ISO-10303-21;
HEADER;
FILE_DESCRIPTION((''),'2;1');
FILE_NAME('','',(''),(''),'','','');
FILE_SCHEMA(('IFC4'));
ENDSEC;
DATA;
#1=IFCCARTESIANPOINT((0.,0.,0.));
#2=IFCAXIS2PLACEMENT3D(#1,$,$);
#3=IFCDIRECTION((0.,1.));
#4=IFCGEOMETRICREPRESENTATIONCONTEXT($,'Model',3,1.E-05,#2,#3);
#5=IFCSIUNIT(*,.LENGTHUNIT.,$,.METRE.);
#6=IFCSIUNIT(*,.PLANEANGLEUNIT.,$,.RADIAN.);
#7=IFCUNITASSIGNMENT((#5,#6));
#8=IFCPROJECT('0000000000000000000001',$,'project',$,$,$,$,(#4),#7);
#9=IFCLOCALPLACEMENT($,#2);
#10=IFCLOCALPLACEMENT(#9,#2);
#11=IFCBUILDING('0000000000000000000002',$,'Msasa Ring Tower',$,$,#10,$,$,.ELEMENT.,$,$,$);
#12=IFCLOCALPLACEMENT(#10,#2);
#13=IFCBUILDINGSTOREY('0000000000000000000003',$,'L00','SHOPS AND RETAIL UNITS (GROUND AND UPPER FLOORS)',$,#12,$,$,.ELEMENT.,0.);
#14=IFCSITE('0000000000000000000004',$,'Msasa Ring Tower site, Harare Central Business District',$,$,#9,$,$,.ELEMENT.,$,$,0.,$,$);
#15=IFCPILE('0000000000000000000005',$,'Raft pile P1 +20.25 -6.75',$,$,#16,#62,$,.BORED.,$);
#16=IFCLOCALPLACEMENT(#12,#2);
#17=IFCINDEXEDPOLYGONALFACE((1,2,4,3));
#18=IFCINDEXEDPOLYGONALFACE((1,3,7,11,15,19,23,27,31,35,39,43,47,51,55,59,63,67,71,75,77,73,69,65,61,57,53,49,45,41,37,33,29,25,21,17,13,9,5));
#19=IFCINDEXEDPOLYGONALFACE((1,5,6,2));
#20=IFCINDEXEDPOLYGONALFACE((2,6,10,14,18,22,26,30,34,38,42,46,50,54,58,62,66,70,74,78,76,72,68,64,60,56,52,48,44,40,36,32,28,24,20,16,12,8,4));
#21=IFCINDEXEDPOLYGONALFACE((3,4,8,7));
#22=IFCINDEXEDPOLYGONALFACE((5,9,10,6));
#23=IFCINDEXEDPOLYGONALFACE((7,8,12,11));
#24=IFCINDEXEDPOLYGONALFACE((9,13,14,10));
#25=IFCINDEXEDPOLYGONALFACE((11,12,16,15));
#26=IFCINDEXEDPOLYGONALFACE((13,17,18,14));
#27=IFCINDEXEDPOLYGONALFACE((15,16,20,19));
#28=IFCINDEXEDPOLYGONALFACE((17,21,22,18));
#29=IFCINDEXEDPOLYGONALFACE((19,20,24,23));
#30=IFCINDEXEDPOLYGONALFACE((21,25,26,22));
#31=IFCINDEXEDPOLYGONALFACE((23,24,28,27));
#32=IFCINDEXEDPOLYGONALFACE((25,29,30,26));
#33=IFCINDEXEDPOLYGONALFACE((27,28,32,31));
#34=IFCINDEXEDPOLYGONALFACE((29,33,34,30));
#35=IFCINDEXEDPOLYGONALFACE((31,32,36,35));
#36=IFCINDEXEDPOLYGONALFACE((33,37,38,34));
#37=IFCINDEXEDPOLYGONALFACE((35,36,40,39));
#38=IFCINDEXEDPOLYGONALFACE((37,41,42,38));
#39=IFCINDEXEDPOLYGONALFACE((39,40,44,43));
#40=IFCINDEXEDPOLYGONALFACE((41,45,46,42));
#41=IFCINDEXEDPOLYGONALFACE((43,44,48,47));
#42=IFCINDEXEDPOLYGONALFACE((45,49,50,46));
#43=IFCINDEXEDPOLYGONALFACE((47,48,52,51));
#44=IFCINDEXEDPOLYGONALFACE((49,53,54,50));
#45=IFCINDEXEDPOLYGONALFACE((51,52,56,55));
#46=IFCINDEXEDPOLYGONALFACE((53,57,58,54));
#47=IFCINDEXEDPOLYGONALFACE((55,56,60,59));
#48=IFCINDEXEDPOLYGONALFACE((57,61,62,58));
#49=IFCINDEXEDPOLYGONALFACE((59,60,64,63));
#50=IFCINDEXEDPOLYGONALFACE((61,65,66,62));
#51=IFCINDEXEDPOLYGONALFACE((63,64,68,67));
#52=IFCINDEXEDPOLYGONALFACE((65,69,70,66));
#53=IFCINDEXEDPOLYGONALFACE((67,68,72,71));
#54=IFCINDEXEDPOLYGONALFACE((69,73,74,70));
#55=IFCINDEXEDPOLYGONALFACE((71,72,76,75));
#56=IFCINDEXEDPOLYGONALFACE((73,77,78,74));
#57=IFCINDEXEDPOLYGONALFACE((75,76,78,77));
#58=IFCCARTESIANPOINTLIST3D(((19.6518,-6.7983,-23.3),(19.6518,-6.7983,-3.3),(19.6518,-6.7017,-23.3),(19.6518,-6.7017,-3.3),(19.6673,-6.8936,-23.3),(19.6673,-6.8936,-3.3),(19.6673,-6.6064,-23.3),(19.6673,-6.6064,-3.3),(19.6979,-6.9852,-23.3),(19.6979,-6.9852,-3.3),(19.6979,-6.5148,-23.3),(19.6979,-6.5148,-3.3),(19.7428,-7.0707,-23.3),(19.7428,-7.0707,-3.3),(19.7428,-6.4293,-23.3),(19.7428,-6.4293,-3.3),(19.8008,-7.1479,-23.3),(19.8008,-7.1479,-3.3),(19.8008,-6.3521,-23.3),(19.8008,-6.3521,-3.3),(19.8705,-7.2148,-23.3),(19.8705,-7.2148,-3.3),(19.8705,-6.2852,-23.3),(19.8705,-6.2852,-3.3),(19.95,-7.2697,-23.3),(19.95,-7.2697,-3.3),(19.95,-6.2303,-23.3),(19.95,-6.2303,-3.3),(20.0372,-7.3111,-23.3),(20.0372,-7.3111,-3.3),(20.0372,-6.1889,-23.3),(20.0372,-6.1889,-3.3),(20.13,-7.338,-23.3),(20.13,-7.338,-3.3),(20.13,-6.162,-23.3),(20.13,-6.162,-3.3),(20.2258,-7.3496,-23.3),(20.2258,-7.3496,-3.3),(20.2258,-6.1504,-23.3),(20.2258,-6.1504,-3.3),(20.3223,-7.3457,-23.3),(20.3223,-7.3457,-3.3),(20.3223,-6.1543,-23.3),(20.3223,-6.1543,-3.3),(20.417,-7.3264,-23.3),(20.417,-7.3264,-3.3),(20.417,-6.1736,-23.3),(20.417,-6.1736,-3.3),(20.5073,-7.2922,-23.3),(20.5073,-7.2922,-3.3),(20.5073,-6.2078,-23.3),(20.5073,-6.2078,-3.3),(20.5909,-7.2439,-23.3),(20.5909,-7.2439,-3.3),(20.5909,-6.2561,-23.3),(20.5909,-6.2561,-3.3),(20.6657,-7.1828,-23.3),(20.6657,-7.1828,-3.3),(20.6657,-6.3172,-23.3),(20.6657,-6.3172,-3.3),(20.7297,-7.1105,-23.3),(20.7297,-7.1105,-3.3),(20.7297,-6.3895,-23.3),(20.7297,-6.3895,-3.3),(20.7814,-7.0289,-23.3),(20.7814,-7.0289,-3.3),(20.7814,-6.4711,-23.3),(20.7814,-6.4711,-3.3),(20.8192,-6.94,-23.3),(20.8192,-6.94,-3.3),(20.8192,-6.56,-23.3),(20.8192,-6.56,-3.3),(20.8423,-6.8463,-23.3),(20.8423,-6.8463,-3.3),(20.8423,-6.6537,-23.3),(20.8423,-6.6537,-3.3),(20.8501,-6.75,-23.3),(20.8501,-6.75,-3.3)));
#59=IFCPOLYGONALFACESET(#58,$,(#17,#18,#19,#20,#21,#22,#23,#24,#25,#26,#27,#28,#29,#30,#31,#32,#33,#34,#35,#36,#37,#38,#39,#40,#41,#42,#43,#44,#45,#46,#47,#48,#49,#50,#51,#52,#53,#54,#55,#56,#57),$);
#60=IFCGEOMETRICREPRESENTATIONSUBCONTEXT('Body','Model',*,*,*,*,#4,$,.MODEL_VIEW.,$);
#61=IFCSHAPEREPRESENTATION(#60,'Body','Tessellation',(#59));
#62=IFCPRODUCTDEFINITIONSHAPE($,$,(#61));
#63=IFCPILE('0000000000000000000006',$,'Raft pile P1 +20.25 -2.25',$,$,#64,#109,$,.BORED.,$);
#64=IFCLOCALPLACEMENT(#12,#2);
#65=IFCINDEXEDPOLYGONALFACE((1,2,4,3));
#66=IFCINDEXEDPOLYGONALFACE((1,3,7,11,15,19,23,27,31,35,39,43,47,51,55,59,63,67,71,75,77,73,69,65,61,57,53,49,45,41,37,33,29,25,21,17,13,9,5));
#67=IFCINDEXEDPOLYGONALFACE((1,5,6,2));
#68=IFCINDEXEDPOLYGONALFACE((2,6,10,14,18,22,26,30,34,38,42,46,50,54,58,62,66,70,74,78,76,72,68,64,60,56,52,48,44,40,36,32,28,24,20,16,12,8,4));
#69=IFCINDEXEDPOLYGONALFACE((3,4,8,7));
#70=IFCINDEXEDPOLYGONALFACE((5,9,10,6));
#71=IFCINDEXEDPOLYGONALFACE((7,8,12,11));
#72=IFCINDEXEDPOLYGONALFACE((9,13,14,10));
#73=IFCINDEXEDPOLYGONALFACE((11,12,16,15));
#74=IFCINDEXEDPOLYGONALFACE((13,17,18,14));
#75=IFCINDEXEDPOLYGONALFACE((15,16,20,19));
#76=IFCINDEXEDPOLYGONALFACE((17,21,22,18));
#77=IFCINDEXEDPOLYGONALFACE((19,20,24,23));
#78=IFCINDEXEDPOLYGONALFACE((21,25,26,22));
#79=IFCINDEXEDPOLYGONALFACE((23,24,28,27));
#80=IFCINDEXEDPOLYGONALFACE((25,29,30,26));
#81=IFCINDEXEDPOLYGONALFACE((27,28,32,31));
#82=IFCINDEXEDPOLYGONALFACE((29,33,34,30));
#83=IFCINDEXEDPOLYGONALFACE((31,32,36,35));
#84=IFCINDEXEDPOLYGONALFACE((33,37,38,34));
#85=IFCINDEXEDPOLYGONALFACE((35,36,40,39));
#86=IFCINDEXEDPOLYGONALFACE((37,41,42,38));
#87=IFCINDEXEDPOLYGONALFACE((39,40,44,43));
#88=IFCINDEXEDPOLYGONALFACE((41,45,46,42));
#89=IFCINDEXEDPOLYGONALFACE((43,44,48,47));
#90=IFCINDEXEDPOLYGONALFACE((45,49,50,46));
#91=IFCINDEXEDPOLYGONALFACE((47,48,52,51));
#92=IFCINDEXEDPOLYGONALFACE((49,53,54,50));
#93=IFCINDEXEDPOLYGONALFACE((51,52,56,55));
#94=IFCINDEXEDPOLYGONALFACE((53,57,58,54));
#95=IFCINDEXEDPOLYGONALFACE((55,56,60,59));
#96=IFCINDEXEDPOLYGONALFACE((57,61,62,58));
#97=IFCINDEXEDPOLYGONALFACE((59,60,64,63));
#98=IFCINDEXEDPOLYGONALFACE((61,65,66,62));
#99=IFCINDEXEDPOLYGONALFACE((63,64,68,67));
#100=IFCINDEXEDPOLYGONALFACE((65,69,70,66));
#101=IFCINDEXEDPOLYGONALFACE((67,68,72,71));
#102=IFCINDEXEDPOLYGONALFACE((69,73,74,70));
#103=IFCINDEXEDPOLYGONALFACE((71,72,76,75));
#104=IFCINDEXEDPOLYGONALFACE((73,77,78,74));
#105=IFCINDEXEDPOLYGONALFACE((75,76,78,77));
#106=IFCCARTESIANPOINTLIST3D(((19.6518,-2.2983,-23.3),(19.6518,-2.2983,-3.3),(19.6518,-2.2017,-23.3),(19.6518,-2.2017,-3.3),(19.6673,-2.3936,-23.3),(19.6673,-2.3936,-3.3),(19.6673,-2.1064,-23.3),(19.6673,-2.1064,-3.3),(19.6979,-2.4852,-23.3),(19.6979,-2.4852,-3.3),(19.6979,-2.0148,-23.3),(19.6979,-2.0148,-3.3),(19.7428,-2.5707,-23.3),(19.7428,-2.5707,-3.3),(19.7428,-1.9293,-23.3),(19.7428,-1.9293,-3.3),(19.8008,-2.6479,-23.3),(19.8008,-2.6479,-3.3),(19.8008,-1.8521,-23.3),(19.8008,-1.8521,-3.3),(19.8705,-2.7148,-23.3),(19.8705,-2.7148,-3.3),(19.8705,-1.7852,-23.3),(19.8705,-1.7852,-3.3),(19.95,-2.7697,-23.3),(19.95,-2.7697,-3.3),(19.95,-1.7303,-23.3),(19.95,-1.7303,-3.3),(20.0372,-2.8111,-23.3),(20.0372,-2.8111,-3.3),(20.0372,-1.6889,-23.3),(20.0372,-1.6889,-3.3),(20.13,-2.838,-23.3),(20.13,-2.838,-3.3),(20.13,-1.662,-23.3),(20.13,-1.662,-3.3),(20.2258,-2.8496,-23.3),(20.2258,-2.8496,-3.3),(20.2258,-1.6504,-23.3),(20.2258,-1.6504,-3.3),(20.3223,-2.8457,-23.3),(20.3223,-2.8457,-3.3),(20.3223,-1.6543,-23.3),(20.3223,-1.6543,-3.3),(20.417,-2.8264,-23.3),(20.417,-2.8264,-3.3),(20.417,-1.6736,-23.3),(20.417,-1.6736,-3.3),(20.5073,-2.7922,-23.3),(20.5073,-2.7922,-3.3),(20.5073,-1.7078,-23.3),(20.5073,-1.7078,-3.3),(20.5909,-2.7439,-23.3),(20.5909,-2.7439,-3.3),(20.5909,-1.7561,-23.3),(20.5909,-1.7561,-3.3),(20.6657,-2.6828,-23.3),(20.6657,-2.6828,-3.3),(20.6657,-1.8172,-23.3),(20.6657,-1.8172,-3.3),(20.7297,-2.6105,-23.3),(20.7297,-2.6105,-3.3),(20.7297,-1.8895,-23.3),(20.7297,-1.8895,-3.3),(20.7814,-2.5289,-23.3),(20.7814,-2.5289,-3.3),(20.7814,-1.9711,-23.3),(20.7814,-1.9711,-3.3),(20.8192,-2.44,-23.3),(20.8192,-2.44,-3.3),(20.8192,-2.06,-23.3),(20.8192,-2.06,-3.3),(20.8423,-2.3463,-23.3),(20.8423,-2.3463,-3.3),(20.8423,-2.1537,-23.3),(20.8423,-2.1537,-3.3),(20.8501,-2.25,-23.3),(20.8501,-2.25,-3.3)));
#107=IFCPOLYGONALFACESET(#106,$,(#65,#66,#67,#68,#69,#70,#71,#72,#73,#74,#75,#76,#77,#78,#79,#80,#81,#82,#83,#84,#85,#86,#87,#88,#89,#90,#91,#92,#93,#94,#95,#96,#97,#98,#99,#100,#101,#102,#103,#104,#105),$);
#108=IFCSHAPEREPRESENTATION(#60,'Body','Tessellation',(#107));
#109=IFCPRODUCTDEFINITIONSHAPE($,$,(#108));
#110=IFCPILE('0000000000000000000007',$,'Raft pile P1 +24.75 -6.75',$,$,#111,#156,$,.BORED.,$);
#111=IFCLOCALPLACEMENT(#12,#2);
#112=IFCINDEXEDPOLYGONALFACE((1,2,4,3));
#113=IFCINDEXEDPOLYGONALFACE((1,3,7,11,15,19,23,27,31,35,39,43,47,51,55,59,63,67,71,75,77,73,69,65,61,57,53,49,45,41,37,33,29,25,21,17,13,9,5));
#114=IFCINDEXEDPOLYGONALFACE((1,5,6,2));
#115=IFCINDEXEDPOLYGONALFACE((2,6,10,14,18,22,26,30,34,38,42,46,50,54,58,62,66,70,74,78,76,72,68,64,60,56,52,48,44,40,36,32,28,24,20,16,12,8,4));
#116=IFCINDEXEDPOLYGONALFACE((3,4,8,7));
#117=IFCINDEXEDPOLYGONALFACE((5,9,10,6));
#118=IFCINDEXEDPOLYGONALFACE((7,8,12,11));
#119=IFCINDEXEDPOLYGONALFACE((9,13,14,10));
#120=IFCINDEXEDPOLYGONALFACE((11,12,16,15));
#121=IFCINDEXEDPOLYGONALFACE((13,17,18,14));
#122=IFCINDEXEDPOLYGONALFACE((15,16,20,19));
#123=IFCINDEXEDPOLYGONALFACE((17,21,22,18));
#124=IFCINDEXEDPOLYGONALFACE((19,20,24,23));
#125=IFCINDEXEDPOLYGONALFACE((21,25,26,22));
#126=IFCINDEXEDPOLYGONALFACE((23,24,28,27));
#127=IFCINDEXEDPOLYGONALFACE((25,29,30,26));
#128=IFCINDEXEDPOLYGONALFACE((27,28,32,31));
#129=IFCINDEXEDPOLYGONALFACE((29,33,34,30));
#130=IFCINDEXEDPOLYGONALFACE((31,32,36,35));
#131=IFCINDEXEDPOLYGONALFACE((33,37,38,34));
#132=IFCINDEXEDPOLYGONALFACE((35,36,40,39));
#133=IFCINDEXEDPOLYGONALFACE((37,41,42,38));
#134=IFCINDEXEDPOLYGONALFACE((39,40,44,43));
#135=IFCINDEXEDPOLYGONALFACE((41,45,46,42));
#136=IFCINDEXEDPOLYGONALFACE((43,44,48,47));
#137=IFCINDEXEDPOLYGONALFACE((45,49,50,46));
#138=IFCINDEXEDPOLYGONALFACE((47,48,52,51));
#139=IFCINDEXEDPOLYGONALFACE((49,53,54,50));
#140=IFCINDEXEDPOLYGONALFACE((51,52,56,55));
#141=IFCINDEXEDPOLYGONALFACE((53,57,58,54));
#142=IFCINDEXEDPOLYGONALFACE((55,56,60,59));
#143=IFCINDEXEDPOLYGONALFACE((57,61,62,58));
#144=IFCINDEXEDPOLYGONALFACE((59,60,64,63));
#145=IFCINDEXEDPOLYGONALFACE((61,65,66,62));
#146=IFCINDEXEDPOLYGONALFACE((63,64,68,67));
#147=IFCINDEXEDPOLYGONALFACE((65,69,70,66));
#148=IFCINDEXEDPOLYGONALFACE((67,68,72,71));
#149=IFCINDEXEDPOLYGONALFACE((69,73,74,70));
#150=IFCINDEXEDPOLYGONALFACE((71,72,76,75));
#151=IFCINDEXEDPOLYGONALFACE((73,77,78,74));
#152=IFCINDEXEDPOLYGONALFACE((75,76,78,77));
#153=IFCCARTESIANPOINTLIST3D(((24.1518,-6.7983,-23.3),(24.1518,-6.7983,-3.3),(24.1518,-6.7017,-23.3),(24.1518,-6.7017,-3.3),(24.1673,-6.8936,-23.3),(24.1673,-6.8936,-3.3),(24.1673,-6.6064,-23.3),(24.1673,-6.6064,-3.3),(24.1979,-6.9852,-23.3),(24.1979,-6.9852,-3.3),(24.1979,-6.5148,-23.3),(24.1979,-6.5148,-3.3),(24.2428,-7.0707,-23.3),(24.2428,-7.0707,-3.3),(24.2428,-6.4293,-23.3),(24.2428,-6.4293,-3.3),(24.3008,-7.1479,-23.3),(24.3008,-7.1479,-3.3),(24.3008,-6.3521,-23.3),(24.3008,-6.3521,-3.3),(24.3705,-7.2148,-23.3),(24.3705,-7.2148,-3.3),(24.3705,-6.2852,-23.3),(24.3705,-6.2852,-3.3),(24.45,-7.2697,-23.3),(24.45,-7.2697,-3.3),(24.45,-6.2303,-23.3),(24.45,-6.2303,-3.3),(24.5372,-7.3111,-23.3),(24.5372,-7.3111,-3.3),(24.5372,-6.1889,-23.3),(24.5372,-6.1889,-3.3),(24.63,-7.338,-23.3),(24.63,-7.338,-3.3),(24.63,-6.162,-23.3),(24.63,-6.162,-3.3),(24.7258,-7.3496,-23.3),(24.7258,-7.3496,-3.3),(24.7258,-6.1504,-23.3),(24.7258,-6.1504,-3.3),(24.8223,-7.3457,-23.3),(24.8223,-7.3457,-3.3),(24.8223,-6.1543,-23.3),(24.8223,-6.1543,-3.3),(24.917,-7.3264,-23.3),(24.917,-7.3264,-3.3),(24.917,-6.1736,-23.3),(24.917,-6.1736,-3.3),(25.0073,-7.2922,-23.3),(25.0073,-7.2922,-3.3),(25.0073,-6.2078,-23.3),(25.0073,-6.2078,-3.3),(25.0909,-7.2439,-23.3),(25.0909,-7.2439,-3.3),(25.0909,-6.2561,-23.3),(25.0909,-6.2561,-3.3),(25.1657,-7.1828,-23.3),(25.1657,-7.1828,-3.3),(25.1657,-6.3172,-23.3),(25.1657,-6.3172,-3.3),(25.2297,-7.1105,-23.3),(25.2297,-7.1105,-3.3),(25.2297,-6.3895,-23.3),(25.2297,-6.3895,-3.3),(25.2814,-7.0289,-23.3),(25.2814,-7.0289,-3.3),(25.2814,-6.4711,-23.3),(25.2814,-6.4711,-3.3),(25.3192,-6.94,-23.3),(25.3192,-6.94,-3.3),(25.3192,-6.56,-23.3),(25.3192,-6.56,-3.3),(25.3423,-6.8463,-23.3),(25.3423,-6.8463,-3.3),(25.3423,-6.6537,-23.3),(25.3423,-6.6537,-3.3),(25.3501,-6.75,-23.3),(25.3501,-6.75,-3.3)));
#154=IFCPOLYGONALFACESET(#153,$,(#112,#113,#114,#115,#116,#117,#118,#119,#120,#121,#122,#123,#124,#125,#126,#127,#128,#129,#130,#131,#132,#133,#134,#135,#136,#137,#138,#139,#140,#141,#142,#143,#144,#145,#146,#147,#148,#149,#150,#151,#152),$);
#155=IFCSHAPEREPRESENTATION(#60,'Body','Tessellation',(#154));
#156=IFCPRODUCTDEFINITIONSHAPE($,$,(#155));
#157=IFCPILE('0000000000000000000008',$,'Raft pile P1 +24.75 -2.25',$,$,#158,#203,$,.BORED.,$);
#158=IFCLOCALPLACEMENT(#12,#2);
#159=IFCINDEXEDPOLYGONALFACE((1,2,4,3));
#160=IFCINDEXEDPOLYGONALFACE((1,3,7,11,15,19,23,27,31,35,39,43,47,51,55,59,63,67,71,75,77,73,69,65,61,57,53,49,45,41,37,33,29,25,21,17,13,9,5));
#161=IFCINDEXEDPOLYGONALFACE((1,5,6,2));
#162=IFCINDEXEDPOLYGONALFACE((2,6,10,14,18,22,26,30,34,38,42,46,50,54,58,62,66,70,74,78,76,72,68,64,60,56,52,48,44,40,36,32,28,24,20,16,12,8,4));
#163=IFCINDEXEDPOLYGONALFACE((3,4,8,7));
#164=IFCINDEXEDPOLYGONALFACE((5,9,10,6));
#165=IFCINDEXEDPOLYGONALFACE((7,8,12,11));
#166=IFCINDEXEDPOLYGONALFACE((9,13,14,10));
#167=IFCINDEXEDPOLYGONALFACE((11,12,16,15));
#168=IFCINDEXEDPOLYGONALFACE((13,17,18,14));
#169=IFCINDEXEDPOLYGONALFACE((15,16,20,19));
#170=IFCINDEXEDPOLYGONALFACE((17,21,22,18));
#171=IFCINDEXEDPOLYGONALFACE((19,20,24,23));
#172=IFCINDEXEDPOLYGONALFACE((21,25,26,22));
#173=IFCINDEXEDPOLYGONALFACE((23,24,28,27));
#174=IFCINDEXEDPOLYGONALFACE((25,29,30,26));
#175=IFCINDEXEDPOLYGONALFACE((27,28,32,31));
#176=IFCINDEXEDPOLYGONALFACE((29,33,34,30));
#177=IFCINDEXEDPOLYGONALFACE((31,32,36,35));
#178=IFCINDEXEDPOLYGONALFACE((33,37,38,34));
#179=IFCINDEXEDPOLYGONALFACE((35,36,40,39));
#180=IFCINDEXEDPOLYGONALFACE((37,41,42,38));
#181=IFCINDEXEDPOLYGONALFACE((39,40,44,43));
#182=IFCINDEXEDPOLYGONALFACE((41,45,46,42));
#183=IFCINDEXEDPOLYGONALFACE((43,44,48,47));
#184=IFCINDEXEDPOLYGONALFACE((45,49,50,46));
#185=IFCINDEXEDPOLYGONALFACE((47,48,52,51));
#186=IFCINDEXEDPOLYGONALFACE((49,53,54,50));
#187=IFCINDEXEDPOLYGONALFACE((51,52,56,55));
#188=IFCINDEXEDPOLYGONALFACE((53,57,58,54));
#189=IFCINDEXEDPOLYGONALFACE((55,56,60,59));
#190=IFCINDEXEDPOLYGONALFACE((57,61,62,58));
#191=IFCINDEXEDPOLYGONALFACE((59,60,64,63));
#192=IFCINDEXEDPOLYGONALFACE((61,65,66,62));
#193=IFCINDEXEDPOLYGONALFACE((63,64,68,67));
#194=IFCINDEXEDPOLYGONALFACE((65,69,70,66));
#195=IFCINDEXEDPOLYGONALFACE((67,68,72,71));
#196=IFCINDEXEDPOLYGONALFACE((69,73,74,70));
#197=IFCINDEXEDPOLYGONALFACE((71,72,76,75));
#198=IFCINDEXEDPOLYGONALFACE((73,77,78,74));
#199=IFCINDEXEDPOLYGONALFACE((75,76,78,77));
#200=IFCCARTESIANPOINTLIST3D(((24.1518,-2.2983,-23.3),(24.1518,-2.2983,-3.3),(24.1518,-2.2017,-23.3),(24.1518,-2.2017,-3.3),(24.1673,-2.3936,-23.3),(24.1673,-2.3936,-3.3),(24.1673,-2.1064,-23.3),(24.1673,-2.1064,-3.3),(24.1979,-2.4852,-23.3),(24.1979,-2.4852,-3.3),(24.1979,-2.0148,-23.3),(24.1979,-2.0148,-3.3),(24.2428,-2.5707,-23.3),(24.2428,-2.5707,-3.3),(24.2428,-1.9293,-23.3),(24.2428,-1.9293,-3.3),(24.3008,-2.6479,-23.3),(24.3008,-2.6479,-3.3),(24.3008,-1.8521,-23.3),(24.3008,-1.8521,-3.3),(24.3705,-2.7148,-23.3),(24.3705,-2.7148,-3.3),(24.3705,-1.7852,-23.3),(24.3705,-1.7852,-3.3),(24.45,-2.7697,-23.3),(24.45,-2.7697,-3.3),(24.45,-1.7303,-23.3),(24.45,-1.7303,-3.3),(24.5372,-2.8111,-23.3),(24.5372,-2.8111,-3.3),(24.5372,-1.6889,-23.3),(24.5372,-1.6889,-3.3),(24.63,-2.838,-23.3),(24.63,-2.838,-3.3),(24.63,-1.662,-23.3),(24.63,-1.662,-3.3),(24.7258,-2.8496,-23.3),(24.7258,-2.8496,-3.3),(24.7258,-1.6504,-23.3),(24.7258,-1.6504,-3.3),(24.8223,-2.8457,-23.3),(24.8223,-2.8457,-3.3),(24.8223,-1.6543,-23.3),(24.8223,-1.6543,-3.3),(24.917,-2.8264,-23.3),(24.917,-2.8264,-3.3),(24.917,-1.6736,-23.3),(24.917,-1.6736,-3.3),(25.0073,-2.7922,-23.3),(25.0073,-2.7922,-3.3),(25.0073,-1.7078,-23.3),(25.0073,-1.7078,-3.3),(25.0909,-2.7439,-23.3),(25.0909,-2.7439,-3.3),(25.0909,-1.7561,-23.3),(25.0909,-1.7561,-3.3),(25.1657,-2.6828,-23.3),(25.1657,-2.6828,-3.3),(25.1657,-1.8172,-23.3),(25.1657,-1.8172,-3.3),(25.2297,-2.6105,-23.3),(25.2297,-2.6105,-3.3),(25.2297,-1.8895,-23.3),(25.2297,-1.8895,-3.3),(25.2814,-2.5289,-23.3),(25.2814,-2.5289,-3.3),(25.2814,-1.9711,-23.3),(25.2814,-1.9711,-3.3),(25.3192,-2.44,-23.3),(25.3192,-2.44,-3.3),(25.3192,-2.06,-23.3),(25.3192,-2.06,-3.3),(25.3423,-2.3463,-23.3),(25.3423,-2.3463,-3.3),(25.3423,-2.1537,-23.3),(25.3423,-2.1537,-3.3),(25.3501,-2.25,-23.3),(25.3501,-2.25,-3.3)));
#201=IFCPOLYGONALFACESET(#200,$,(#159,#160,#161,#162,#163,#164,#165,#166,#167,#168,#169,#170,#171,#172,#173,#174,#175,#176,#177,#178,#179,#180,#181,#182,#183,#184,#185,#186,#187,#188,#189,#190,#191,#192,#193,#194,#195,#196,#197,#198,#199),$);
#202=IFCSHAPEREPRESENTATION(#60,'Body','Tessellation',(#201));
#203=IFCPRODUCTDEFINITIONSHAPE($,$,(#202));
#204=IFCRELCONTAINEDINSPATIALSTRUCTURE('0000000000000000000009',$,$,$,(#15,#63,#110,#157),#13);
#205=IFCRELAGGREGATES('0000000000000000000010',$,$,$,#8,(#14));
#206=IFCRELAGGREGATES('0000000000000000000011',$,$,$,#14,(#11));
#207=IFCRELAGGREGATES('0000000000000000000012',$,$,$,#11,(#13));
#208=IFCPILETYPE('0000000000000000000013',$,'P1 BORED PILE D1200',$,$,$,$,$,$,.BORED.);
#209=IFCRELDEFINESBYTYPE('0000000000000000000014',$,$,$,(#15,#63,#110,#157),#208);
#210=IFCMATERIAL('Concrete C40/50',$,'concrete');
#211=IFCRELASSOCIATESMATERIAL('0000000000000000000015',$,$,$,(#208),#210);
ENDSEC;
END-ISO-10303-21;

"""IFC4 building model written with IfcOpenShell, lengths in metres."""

from ifc_helpers import new_model, si_unit, direction, frame, origin, origin_2d, place, context, subcontext, project, spatial, circle, extrude, material, material_profile, profile_set, type_object, element, save


model = new_model("IFC4")

# Units and contexts
model_context = context("Model", 3, precision=1e-05, world=origin(), true_north=direction((0.0, 1.0)))
body_context = subcontext(model_context, "Body", "Model", "MODEL_VIEW")
ifc_project = project(units=[si_unit("LENGTHUNIT", "METRE"), si_unit("PLANEANGLEUNIT", "RADIAN")], contexts=[model_context])

# Site, building, storey
site_placement = place(None, origin())
site = spatial("IfcSite", under=ifc_project, at=site_placement, Name="Msasa Ring Tower site, Harare Central Business District", CompositionType="ELEMENT", RefElevation=0.0)
building_placement = place(site_placement, origin())
building = spatial("IfcBuilding", under=site, at=building_placement, Name="Msasa Ring Tower", CompositionType="ELEMENT")
storey_placement = place(building_placement, origin())
storey = spatial("IfcBuildingStorey", under=building, at=storey_placement, Name="L00", Description="SHOPS AND RETAIL UNITS (GROUND AND UPPER FLOORS)", CompositionType="ELEMENT", Elevation=0.0)

# Piles
ifc_material_1 = material(Name="Concrete C40/50", Category="concrete")
ifc_material_profile_1 = material_profile(ifc_material_1, circle(Radius=0.6001, at=origin_2d()), Name="D1200")
ifc_profile_set_1 = profile_set([ifc_material_profile_1], Name="Concrete C40/50")
pile_type = type_object("IfcPileType", Name="P1 BORED PILE D1200", PredefinedType="BORED", material=ifc_profile_set_1)
for number, where, z_axis, x_axis, name in (
    (1, (20.25, -6.75, -3.3), (0.0, 0.0, -1.0), (1.0, 0.0, 0.0), "Raft pile P1 +20.25 -6.75"),
    (2, (20.25, -2.25, -3.3), (0.0, 0.0, -1.0), (1.0, 0.0, 0.0), "Raft pile P1 +20.25 -2.25"),
    (3, (24.75, -6.75, -3.3), (0.0, 0.0, -1.0), (1.0, 0.0, 0.0), "Raft pile P1 +24.75 -6.75"),
    (4, (24.75, -2.25, -3.3), (0.0, 0.0, -1.0), (1.0, 0.0, 0.0), "Raft pile P1 +24.75 -2.25"),
):
    element("IfcPile", number, at=place(storey_placement, frame(where, z_axis=z_axis, x_axis=x_axis)), inside=storey, type_object=pile_type, Name=name, PredefinedType="BORED", context=body_context, shape_type="SweptSolid", body=[
        extrude(circle(Radius=0.6001, at=origin_2d()), origin(), (0.0, 0.0, 1.0), 20.0),
    ])

save(model, "model.ifc")
